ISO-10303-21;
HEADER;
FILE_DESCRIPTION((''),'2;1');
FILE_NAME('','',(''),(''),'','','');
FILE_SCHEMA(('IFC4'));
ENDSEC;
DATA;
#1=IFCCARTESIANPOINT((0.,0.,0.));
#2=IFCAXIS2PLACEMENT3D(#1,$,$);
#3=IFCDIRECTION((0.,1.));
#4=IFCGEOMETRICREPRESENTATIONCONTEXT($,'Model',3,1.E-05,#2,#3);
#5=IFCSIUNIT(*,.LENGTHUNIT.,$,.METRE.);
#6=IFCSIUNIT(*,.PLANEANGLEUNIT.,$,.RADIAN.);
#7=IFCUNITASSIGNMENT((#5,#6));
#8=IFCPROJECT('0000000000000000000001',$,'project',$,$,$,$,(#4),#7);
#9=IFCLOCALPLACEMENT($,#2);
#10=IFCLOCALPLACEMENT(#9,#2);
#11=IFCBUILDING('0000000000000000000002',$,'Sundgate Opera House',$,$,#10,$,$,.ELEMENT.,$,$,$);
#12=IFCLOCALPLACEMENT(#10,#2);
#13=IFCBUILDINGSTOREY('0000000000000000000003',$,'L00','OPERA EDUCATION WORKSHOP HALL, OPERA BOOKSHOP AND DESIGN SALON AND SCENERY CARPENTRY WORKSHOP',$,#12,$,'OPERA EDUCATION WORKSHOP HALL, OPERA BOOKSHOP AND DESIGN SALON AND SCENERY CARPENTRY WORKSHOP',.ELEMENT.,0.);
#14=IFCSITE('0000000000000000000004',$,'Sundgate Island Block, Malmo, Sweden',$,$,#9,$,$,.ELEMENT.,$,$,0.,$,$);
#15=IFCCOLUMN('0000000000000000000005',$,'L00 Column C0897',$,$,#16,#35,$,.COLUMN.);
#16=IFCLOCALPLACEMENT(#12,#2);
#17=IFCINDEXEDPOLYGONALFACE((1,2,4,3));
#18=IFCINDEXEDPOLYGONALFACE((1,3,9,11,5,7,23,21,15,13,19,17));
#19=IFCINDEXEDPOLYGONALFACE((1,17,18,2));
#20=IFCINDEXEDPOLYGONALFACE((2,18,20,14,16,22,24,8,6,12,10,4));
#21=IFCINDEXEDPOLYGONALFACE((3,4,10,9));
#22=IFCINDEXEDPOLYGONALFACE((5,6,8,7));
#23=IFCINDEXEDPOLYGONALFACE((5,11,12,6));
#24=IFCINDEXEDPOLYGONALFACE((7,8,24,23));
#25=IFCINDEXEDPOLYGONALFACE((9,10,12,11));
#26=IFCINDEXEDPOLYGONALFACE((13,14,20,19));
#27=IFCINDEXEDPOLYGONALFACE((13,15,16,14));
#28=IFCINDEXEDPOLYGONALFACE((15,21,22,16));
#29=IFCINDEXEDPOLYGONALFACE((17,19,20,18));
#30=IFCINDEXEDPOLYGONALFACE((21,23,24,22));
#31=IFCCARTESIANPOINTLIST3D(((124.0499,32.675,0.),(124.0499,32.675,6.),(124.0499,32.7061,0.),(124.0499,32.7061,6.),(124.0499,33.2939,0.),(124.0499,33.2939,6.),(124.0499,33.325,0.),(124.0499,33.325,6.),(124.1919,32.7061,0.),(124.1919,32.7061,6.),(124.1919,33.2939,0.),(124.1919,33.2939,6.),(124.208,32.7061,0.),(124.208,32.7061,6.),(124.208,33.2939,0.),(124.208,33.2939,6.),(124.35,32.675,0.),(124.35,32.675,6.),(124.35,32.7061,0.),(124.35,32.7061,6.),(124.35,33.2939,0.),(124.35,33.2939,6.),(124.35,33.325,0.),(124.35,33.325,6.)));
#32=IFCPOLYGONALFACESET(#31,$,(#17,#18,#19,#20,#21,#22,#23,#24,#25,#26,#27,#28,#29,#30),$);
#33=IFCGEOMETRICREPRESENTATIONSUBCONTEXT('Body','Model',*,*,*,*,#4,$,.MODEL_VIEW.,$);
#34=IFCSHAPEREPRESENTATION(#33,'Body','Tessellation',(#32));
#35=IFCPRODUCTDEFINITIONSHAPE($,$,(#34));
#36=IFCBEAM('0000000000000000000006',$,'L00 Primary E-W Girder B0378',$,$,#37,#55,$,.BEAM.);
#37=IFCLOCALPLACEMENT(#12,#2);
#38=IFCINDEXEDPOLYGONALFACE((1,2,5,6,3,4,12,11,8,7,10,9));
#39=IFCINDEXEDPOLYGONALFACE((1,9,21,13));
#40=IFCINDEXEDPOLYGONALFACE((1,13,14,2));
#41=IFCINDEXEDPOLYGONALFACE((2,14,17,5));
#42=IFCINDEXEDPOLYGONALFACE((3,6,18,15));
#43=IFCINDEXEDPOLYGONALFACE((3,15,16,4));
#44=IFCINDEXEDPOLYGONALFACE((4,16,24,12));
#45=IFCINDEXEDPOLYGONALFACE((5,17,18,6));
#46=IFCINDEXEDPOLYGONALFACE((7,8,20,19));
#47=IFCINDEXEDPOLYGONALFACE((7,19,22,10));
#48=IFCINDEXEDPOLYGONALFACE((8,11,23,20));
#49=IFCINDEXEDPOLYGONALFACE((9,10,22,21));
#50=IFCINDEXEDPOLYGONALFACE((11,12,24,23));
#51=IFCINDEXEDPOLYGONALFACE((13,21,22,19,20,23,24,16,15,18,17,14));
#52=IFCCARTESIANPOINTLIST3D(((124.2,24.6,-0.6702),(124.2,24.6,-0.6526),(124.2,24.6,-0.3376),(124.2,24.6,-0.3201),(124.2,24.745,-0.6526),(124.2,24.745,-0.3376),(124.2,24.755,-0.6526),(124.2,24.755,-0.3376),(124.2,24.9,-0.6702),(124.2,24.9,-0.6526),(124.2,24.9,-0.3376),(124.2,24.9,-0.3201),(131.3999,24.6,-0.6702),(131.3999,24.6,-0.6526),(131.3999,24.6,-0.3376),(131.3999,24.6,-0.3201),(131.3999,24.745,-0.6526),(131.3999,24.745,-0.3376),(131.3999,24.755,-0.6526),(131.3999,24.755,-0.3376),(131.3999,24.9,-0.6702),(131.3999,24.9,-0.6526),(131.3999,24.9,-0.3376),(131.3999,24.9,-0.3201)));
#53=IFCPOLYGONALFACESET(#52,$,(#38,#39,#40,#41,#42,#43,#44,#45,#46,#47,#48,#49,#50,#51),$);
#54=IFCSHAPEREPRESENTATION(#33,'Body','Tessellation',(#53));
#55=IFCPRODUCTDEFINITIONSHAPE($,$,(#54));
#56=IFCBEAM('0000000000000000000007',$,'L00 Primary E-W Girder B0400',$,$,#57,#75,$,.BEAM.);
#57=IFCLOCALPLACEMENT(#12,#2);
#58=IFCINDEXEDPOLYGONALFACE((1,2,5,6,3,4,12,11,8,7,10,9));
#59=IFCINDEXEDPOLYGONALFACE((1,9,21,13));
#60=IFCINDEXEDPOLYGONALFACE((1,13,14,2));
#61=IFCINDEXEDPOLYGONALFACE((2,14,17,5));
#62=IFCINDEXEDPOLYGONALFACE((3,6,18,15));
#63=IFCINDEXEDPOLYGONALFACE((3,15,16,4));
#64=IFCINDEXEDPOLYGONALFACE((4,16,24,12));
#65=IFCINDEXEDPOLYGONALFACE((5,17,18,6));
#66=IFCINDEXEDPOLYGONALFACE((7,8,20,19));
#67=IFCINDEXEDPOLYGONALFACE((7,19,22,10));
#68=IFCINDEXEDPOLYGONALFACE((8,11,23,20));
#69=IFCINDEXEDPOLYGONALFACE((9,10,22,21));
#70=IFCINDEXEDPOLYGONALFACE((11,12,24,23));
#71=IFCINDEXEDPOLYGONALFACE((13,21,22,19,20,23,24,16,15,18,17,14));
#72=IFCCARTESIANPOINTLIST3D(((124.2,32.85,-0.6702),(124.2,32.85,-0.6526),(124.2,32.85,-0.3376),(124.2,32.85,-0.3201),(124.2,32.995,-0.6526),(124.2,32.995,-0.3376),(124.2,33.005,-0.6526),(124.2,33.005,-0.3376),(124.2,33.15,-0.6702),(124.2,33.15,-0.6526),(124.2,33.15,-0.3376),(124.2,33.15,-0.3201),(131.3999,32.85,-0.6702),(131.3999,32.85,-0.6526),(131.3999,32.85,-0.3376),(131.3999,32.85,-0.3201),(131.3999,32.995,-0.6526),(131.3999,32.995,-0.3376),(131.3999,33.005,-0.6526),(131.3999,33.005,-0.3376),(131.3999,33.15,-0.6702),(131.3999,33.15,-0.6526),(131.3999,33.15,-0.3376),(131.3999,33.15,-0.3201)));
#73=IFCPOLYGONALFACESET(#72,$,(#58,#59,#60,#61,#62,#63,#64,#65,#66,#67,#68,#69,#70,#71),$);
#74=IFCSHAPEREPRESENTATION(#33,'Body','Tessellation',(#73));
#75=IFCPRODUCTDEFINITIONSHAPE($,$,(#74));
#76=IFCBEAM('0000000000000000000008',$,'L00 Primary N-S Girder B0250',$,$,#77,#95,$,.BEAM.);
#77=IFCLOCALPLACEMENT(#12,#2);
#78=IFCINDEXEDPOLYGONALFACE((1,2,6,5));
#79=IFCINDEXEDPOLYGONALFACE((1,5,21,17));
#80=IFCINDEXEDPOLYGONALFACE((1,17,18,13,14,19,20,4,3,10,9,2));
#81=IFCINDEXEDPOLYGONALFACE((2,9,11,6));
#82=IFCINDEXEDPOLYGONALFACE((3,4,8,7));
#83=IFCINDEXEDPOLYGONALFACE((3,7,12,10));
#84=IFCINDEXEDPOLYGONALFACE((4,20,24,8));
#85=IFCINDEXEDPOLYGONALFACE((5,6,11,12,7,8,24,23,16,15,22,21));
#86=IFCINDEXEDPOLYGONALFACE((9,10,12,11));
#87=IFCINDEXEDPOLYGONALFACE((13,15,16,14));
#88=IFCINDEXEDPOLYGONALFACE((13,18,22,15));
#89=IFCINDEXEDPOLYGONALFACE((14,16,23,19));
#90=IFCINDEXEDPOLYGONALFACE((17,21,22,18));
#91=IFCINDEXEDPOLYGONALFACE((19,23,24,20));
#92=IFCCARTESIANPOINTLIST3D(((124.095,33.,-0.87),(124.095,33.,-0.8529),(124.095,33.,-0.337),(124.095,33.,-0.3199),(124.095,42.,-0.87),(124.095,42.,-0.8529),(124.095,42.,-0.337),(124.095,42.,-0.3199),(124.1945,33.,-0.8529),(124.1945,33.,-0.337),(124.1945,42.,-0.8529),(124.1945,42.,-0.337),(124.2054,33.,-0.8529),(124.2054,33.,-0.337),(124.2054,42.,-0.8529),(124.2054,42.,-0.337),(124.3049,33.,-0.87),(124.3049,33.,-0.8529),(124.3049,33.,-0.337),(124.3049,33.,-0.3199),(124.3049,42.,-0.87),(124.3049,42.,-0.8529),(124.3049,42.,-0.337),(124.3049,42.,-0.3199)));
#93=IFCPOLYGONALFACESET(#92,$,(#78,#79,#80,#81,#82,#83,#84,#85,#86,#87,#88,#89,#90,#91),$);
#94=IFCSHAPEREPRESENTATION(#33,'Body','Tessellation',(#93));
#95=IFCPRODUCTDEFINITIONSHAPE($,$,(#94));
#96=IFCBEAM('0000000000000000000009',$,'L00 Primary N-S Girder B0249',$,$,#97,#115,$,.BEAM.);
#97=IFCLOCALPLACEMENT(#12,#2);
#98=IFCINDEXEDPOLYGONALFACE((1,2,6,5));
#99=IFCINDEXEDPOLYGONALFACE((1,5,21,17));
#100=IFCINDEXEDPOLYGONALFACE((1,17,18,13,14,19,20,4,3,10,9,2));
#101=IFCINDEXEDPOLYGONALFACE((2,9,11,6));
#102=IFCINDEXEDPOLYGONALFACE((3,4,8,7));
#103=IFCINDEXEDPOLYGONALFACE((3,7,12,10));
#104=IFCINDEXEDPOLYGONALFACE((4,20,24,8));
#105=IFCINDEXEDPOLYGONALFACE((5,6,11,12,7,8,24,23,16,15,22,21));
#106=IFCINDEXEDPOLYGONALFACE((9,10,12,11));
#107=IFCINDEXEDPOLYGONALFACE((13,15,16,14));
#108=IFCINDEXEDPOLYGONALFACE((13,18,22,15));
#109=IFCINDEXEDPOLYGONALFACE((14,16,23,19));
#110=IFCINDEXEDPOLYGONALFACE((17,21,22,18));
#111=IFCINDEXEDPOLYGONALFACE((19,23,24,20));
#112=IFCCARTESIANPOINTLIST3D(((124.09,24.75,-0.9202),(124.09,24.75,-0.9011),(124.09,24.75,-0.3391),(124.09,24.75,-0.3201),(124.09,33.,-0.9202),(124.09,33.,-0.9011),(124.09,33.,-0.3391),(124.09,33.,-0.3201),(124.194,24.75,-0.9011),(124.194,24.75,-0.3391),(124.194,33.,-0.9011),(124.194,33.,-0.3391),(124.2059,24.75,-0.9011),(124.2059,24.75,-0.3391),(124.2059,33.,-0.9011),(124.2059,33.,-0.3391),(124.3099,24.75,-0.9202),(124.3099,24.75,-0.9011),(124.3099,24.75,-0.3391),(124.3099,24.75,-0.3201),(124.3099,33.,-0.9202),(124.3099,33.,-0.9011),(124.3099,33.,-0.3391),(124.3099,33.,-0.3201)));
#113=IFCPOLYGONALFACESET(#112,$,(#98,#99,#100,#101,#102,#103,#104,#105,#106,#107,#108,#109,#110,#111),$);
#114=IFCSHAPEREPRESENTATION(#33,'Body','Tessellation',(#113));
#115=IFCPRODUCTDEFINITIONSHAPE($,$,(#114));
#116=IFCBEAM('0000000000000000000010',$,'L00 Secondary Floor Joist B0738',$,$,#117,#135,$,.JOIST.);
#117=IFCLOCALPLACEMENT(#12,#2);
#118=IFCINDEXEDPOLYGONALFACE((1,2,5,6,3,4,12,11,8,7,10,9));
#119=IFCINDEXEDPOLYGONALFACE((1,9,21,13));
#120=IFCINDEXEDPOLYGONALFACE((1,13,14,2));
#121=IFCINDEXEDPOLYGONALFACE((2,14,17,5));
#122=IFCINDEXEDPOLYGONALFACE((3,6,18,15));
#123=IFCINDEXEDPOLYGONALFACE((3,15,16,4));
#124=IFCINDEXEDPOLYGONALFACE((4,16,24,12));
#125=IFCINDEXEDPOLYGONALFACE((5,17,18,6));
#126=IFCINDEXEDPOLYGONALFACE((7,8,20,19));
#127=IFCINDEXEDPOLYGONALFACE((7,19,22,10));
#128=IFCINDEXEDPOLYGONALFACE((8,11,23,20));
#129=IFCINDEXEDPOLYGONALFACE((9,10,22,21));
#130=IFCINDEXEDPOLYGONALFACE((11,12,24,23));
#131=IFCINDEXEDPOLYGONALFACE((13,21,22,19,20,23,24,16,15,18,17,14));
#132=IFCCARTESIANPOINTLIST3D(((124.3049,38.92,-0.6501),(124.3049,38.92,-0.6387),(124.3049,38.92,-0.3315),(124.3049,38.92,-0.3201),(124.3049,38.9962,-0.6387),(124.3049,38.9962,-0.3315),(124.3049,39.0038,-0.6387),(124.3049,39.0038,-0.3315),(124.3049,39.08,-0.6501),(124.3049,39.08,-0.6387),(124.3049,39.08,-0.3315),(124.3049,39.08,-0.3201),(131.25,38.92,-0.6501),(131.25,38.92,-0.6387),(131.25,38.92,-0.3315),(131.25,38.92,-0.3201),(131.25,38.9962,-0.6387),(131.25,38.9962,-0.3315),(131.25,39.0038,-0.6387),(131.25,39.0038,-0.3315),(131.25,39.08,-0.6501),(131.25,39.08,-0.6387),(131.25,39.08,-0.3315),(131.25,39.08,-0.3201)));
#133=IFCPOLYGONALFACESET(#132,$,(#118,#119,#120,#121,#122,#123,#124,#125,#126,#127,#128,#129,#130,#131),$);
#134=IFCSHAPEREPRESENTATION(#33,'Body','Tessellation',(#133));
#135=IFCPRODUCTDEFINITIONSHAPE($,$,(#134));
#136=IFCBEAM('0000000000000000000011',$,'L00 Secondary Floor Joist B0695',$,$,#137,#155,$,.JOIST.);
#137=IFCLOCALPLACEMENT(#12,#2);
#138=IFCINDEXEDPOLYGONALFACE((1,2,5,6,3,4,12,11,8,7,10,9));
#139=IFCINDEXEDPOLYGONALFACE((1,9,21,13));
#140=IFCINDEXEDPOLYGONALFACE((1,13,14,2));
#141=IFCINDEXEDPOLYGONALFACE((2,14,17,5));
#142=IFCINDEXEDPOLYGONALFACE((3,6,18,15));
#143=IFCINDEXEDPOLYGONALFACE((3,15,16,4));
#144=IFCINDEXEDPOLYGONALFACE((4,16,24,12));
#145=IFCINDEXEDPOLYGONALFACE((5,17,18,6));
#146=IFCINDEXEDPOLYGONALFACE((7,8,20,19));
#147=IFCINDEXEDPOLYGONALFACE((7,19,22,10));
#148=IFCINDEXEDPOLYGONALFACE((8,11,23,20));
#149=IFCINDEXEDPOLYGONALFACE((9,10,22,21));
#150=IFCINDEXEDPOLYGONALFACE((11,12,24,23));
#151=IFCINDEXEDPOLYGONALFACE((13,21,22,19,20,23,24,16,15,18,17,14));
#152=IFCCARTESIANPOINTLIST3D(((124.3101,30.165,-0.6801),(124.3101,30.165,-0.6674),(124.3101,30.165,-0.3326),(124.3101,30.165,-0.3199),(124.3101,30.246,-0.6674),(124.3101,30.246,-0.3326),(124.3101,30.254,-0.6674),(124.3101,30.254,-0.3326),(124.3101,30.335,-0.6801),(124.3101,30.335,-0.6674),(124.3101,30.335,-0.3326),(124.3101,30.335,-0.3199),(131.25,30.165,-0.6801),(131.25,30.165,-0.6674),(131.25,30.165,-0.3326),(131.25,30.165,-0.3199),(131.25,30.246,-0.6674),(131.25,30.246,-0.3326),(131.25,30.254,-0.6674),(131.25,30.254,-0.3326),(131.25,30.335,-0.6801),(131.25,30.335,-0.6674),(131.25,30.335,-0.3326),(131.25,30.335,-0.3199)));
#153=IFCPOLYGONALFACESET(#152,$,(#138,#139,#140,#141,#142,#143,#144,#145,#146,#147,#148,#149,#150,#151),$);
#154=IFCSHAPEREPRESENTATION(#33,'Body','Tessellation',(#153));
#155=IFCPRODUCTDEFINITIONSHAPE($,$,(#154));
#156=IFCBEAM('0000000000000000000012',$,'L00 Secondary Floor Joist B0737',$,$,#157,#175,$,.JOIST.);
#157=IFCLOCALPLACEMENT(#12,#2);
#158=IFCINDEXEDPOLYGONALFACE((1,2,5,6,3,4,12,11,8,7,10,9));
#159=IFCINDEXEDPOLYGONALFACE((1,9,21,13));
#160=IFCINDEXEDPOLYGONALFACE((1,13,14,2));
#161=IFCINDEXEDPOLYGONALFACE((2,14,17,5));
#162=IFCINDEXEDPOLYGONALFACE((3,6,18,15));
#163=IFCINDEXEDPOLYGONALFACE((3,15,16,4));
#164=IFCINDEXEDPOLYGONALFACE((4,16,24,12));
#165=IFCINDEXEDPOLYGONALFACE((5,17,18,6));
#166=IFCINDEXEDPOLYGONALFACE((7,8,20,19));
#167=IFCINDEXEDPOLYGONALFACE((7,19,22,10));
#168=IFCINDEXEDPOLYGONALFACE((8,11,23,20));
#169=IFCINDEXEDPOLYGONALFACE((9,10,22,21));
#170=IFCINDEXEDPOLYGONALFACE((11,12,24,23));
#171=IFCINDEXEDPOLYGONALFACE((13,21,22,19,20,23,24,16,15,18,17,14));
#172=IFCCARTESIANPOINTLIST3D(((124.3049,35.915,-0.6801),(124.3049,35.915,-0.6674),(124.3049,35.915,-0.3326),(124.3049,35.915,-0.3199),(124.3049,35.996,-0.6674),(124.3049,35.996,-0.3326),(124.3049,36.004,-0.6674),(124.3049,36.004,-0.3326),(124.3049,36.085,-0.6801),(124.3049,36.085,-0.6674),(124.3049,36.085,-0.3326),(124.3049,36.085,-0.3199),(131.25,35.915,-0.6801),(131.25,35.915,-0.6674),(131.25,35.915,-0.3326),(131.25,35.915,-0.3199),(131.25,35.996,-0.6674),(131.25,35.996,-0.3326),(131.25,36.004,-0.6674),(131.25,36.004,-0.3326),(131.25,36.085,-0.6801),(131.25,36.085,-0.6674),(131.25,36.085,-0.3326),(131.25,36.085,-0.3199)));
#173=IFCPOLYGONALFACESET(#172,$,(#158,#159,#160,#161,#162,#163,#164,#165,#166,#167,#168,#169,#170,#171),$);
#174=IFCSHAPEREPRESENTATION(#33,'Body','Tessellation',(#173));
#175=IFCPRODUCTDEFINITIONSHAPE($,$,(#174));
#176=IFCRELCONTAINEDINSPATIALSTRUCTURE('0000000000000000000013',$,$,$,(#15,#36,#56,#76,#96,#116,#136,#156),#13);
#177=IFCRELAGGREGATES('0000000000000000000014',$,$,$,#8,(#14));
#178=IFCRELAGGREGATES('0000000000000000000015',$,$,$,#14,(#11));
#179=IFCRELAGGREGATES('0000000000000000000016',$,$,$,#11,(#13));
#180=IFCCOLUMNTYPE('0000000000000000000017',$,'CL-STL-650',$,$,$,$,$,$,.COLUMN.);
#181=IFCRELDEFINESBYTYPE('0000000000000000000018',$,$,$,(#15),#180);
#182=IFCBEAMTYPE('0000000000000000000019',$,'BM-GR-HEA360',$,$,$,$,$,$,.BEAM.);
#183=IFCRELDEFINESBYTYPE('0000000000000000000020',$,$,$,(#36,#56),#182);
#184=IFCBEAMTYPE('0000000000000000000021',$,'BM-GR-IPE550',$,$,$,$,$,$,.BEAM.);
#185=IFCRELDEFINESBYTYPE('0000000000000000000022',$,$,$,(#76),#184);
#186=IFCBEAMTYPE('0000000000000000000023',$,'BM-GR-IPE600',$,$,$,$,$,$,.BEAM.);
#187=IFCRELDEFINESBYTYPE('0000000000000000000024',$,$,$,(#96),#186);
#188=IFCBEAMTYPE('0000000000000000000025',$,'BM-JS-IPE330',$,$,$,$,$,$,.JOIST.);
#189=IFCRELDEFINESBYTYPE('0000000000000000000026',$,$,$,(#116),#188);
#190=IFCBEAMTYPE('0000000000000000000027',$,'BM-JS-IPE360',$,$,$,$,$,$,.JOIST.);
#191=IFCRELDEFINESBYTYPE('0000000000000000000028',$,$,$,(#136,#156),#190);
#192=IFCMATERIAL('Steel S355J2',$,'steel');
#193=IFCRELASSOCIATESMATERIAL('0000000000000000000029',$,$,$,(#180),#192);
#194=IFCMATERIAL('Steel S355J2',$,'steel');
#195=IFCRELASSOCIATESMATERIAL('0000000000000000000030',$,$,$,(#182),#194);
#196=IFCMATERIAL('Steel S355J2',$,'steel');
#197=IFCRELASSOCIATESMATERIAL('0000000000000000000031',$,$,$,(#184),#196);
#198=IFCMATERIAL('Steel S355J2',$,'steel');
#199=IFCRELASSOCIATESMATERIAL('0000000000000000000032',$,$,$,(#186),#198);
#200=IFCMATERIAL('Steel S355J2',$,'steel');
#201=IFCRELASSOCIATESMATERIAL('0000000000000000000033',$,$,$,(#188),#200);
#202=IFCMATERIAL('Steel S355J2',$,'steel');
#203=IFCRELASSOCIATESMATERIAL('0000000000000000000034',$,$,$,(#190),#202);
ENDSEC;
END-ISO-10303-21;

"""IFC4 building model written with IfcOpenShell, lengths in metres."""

from ifc_helpers import new_model, si_unit, direction, frame, origin, origin_2d, place, context, subcontext, project, spatial, i_section, extrude, material, material_profile, profile_set, type_object, element, save


model = new_model("IFC4")

# Units and contexts
model_context = context("Model", 3, precision=1e-05, world=origin(), true_north=direction((0.0, 1.0)))
body_context = subcontext(model_context, "Body", "Model", "MODEL_VIEW")
ifc_project = project(units=[si_unit("LENGTHUNIT", "METRE"), si_unit("PLANEANGLEUNIT", "RADIAN")], contexts=[model_context])

# Site, building, storey
site_placement = place(None, origin())
site = spatial("IfcSite", under=ifc_project, at=site_placement, Name="Sundgate Island Block, Malmo, Sweden", CompositionType="ELEMENT", RefElevation=0.0)
building_placement = place(site_placement, origin())
building = spatial("IfcBuilding", under=site, at=building_placement, Name="Sundgate Opera House", CompositionType="ELEMENT")
storey_placement = place(building_placement, origin())
storey = spatial("IfcBuildingStorey", under=building, at=storey_placement, Name="L00", Description="OPERA EDUCATION WORKSHOP HALL, OPERA BOOKSHOP AND DESIGN SALON AND SCENERY CARPENTRY WORKSHOP", LongName="OPERA EDUCATION WORKSHOP HALL, OPERA BOOKSHOP AND DESIGN SALON AND SCENERY CARPENTRY WORKSHOP", CompositionType="ELEMENT", Elevation=0.0)

# Column
ifc_material_1 = material(Name="Steel S355J2", Category="steel")
ifc_material_profile_1 = material_profile(ifc_material_1, i_section(OverallWidth=0.3, OverallDepth=0.6499, WebThickness=0.0161, FlangeThickness=0.031, at=origin_2d()), Name="HEB 650")
ifc_profile_set_1 = profile_set([ifc_material_profile_1], Name="Steel S355J2")
column_type = type_object("IfcColumnType", Name="CL-STL-650", PredefinedType="COLUMN", material=ifc_profile_set_1)
column_placement = place(storey_placement, frame((124.2, 33.0, 0.0), z_axis=(0.0, 0.0, 1.0), x_axis=(1.0, 0.0, 0.0)))
element("IfcColumn", 1, at=column_placement, inside=storey, type_object=column_type, Name="L00 Column C0897", PredefinedType="COLUMN", context=body_context, shape_type="SweptSolid", body=[
    extrude(i_section(OverallWidth=0.3, OverallDepth=0.6499, WebThickness=0.0161, FlangeThickness=0.031, at=origin_2d()), origin(), (0.0, 0.0, 1.0), 6.0),
])

# Beams
ifc_material_2 = material(Name="Steel S355J2", Category="steel")
ifc_material_profile_2 = material_profile(ifc_material_2, i_section(OverallWidth=0.3, OverallDepth=0.3501, WebThickness=0.01, FlangeThickness=0.0176, at=origin_2d()), Name="HEA 360")
ifc_profile_set_2 = profile_set([ifc_material_profile_2], Name="Steel S355J2")
beam_type_1 = type_object("IfcBeamType", Name="BM-GR-HEA360", PredefinedType="BEAM", material=ifc_profile_set_2)
for number, where, z_axis, x_axis, name in (
    (2, (124.2, 24.75, -0.4951), (1.0, 0.0, 0.0), (0.0, 1.0, 0.0), "L00 Primary E-W Girder B0378"),
    (3, (124.2, 33.0, -0.4951), (1.0, 0.0, 0.0), (0.0, 1.0, 0.0), "L00 Primary E-W Girder B0400"),
):
    element("IfcBeam", number, at=place(storey_placement, frame(where, z_axis=z_axis, x_axis=x_axis)), inside=storey, type_object=beam_type_1, Name=name, PredefinedType="BEAM", context=body_context, shape_type="SweptSolid", body=[
        extrude(i_section(OverallWidth=0.3, OverallDepth=0.3501, WebThickness=0.01, FlangeThickness=0.0176, at=origin_2d()), origin(), (0.0, 0.0, 1.0), 7.2),
    ])
ifc_material_3 = material(Name="Steel S355J2", Category="steel")
ifc_material_profile_3 = material_profile(ifc_material_3, i_section(OverallWidth=0.21, OverallDepth=0.55, WebThickness=0.011, FlangeThickness=0.0171, at=origin_2d()), Name="IPE 550")
ifc_profile_set_3 = profile_set([ifc_material_profile_3], Name="Steel S355J2")
beam_type_2 = type_object("IfcBeamType", Name="BM-GR-IPE550", PredefinedType="BEAM", material=ifc_profile_set_3)
beam_1_placement = place(storey_placement, frame((124.2, 33.0, -0.595), z_axis=(0.0, 1.0, 0.0), x_axis=(-1.0, 0.0, 0.0)))
element("IfcBeam", 4, at=beam_1_placement, inside=storey, type_object=beam_type_2, Name="L00 Primary N-S Girder B0250", PredefinedType="BEAM", context=body_context, shape_type="SweptSolid", body=[
    extrude(i_section(OverallWidth=0.21, OverallDepth=0.55, WebThickness=0.011, FlangeThickness=0.0171, at=origin_2d()), origin(), (0.0, 0.0, 1.0), 9.0),
])
ifc_material_4 = material(Name="Steel S355J2", Category="steel")
ifc_material_profile_4 = material_profile(ifc_material_4, i_section(OverallWidth=0.22, OverallDepth=0.6001, WebThickness=0.012, FlangeThickness=0.019, at=origin_2d()), Name="IPE 600")
ifc_profile_set_4 = profile_set([ifc_material_profile_4], Name="Steel S355J2")
beam_type_3 = type_object("IfcBeamType", Name="BM-GR-IPE600", PredefinedType="BEAM", material=ifc_profile_set_4)
beam_2_placement = place(storey_placement, frame((124.2, 24.75, -0.6201), z_axis=(0.0, 1.0, 0.0), x_axis=(-1.0, 0.0, 0.0)))
element("IfcBeam", 5, at=beam_2_placement, inside=storey, type_object=beam_type_3, Name="L00 Primary N-S Girder B0249", PredefinedType="BEAM", context=body_context, shape_type="SweptSolid", body=[
    extrude(i_section(OverallWidth=0.22, OverallDepth=0.6001, WebThickness=0.012, FlangeThickness=0.019, at=origin_2d()), origin(), (0.0, 0.0, 1.0), 8.25),
])
ifc_material_5 = material(Name="Steel S355J2", Category="steel")
ifc_material_profile_5 = material_profile(ifc_material_5, i_section(OverallWidth=0.1599, OverallDepth=0.3301, WebThickness=0.0076, FlangeThickness=0.0115, at=origin_2d()), Name="IPE 330")
ifc_profile_set_5 = profile_set([ifc_material_profile_5], Name="Steel S355J2")
beam_type_4 = type_object("IfcBeamType", Name="BM-JS-IPE330", PredefinedType="JOIST", material=ifc_profile_set_5)
beam_3_placement = place(storey_placement, frame((124.3049, 39.0, -0.4851), z_axis=(1.0, 0.0, 0.0), x_axis=(0.0, 1.0, 0.0)))
element("IfcBeam", 6, at=beam_3_placement, inside=storey, type_object=beam_type_4, Name="L00 Secondary Floor Joist B0738", PredefinedType="JOIST", context=body_context, shape_type="SweptSolid", body=[
    extrude(i_section(OverallWidth=0.1599, OverallDepth=0.3301, WebThickness=0.0076, FlangeThickness=0.0115, at=origin_2d()), origin(), (0.0, 0.0, 1.0), 6.9451),
])
ifc_material_6 = material(Name="Steel S355J2", Category="steel")
ifc_material_profile_6 = material_profile(ifc_material_6, i_section(OverallWidth=0.1699, OverallDepth=0.3601, WebThickness=0.0081, FlangeThickness=0.0127, at=origin_2d()), Name="IPE 360")
ifc_profile_set_6 = profile_set([ifc_material_profile_6], Name="Steel S355J2")
beam_type_5 = type_object("IfcBeamType", Name="BM-JS-IPE360", PredefinedType="JOIST", material=ifc_profile_set_6)
beam_4_placement = place(storey_placement, frame((124.3101, 30.25, -0.5), z_axis=(1.0, 0.0, 0.0), x_axis=(0.0, 1.0, 0.0)))
element("IfcBeam", 7, at=beam_4_placement, inside=storey, type_object=beam_type_5, Name="L00 Secondary Floor Joist B0695", PredefinedType="JOIST", context=body_context, shape_type="SweptSolid", body=[
    extrude(i_section(OverallWidth=0.1699, OverallDepth=0.3601, WebThickness=0.0081, FlangeThickness=0.0127, at=origin_2d()), origin(), (0.0, 0.0, 1.0), 6.9399),
])
beam_5_placement = place(storey_placement, frame((124.3049, 36.0, -0.5), z_axis=(1.0, 0.0, 0.0), x_axis=(0.0, 1.0, 0.0)))
element("IfcBeam", 8, at=beam_5_placement, inside=storey, type_object=beam_type_5, Name="L00 Secondary Floor Joist B0737", PredefinedType="JOIST", context=body_context, shape_type="SweptSolid", body=[
    extrude(i_section(OverallWidth=0.1699, OverallDepth=0.3601, WebThickness=0.0081, FlangeThickness=0.0127, at=origin_2d()), origin(), (0.0, 0.0, 1.0), 6.9451),
])

save(model, "model.ifc")
